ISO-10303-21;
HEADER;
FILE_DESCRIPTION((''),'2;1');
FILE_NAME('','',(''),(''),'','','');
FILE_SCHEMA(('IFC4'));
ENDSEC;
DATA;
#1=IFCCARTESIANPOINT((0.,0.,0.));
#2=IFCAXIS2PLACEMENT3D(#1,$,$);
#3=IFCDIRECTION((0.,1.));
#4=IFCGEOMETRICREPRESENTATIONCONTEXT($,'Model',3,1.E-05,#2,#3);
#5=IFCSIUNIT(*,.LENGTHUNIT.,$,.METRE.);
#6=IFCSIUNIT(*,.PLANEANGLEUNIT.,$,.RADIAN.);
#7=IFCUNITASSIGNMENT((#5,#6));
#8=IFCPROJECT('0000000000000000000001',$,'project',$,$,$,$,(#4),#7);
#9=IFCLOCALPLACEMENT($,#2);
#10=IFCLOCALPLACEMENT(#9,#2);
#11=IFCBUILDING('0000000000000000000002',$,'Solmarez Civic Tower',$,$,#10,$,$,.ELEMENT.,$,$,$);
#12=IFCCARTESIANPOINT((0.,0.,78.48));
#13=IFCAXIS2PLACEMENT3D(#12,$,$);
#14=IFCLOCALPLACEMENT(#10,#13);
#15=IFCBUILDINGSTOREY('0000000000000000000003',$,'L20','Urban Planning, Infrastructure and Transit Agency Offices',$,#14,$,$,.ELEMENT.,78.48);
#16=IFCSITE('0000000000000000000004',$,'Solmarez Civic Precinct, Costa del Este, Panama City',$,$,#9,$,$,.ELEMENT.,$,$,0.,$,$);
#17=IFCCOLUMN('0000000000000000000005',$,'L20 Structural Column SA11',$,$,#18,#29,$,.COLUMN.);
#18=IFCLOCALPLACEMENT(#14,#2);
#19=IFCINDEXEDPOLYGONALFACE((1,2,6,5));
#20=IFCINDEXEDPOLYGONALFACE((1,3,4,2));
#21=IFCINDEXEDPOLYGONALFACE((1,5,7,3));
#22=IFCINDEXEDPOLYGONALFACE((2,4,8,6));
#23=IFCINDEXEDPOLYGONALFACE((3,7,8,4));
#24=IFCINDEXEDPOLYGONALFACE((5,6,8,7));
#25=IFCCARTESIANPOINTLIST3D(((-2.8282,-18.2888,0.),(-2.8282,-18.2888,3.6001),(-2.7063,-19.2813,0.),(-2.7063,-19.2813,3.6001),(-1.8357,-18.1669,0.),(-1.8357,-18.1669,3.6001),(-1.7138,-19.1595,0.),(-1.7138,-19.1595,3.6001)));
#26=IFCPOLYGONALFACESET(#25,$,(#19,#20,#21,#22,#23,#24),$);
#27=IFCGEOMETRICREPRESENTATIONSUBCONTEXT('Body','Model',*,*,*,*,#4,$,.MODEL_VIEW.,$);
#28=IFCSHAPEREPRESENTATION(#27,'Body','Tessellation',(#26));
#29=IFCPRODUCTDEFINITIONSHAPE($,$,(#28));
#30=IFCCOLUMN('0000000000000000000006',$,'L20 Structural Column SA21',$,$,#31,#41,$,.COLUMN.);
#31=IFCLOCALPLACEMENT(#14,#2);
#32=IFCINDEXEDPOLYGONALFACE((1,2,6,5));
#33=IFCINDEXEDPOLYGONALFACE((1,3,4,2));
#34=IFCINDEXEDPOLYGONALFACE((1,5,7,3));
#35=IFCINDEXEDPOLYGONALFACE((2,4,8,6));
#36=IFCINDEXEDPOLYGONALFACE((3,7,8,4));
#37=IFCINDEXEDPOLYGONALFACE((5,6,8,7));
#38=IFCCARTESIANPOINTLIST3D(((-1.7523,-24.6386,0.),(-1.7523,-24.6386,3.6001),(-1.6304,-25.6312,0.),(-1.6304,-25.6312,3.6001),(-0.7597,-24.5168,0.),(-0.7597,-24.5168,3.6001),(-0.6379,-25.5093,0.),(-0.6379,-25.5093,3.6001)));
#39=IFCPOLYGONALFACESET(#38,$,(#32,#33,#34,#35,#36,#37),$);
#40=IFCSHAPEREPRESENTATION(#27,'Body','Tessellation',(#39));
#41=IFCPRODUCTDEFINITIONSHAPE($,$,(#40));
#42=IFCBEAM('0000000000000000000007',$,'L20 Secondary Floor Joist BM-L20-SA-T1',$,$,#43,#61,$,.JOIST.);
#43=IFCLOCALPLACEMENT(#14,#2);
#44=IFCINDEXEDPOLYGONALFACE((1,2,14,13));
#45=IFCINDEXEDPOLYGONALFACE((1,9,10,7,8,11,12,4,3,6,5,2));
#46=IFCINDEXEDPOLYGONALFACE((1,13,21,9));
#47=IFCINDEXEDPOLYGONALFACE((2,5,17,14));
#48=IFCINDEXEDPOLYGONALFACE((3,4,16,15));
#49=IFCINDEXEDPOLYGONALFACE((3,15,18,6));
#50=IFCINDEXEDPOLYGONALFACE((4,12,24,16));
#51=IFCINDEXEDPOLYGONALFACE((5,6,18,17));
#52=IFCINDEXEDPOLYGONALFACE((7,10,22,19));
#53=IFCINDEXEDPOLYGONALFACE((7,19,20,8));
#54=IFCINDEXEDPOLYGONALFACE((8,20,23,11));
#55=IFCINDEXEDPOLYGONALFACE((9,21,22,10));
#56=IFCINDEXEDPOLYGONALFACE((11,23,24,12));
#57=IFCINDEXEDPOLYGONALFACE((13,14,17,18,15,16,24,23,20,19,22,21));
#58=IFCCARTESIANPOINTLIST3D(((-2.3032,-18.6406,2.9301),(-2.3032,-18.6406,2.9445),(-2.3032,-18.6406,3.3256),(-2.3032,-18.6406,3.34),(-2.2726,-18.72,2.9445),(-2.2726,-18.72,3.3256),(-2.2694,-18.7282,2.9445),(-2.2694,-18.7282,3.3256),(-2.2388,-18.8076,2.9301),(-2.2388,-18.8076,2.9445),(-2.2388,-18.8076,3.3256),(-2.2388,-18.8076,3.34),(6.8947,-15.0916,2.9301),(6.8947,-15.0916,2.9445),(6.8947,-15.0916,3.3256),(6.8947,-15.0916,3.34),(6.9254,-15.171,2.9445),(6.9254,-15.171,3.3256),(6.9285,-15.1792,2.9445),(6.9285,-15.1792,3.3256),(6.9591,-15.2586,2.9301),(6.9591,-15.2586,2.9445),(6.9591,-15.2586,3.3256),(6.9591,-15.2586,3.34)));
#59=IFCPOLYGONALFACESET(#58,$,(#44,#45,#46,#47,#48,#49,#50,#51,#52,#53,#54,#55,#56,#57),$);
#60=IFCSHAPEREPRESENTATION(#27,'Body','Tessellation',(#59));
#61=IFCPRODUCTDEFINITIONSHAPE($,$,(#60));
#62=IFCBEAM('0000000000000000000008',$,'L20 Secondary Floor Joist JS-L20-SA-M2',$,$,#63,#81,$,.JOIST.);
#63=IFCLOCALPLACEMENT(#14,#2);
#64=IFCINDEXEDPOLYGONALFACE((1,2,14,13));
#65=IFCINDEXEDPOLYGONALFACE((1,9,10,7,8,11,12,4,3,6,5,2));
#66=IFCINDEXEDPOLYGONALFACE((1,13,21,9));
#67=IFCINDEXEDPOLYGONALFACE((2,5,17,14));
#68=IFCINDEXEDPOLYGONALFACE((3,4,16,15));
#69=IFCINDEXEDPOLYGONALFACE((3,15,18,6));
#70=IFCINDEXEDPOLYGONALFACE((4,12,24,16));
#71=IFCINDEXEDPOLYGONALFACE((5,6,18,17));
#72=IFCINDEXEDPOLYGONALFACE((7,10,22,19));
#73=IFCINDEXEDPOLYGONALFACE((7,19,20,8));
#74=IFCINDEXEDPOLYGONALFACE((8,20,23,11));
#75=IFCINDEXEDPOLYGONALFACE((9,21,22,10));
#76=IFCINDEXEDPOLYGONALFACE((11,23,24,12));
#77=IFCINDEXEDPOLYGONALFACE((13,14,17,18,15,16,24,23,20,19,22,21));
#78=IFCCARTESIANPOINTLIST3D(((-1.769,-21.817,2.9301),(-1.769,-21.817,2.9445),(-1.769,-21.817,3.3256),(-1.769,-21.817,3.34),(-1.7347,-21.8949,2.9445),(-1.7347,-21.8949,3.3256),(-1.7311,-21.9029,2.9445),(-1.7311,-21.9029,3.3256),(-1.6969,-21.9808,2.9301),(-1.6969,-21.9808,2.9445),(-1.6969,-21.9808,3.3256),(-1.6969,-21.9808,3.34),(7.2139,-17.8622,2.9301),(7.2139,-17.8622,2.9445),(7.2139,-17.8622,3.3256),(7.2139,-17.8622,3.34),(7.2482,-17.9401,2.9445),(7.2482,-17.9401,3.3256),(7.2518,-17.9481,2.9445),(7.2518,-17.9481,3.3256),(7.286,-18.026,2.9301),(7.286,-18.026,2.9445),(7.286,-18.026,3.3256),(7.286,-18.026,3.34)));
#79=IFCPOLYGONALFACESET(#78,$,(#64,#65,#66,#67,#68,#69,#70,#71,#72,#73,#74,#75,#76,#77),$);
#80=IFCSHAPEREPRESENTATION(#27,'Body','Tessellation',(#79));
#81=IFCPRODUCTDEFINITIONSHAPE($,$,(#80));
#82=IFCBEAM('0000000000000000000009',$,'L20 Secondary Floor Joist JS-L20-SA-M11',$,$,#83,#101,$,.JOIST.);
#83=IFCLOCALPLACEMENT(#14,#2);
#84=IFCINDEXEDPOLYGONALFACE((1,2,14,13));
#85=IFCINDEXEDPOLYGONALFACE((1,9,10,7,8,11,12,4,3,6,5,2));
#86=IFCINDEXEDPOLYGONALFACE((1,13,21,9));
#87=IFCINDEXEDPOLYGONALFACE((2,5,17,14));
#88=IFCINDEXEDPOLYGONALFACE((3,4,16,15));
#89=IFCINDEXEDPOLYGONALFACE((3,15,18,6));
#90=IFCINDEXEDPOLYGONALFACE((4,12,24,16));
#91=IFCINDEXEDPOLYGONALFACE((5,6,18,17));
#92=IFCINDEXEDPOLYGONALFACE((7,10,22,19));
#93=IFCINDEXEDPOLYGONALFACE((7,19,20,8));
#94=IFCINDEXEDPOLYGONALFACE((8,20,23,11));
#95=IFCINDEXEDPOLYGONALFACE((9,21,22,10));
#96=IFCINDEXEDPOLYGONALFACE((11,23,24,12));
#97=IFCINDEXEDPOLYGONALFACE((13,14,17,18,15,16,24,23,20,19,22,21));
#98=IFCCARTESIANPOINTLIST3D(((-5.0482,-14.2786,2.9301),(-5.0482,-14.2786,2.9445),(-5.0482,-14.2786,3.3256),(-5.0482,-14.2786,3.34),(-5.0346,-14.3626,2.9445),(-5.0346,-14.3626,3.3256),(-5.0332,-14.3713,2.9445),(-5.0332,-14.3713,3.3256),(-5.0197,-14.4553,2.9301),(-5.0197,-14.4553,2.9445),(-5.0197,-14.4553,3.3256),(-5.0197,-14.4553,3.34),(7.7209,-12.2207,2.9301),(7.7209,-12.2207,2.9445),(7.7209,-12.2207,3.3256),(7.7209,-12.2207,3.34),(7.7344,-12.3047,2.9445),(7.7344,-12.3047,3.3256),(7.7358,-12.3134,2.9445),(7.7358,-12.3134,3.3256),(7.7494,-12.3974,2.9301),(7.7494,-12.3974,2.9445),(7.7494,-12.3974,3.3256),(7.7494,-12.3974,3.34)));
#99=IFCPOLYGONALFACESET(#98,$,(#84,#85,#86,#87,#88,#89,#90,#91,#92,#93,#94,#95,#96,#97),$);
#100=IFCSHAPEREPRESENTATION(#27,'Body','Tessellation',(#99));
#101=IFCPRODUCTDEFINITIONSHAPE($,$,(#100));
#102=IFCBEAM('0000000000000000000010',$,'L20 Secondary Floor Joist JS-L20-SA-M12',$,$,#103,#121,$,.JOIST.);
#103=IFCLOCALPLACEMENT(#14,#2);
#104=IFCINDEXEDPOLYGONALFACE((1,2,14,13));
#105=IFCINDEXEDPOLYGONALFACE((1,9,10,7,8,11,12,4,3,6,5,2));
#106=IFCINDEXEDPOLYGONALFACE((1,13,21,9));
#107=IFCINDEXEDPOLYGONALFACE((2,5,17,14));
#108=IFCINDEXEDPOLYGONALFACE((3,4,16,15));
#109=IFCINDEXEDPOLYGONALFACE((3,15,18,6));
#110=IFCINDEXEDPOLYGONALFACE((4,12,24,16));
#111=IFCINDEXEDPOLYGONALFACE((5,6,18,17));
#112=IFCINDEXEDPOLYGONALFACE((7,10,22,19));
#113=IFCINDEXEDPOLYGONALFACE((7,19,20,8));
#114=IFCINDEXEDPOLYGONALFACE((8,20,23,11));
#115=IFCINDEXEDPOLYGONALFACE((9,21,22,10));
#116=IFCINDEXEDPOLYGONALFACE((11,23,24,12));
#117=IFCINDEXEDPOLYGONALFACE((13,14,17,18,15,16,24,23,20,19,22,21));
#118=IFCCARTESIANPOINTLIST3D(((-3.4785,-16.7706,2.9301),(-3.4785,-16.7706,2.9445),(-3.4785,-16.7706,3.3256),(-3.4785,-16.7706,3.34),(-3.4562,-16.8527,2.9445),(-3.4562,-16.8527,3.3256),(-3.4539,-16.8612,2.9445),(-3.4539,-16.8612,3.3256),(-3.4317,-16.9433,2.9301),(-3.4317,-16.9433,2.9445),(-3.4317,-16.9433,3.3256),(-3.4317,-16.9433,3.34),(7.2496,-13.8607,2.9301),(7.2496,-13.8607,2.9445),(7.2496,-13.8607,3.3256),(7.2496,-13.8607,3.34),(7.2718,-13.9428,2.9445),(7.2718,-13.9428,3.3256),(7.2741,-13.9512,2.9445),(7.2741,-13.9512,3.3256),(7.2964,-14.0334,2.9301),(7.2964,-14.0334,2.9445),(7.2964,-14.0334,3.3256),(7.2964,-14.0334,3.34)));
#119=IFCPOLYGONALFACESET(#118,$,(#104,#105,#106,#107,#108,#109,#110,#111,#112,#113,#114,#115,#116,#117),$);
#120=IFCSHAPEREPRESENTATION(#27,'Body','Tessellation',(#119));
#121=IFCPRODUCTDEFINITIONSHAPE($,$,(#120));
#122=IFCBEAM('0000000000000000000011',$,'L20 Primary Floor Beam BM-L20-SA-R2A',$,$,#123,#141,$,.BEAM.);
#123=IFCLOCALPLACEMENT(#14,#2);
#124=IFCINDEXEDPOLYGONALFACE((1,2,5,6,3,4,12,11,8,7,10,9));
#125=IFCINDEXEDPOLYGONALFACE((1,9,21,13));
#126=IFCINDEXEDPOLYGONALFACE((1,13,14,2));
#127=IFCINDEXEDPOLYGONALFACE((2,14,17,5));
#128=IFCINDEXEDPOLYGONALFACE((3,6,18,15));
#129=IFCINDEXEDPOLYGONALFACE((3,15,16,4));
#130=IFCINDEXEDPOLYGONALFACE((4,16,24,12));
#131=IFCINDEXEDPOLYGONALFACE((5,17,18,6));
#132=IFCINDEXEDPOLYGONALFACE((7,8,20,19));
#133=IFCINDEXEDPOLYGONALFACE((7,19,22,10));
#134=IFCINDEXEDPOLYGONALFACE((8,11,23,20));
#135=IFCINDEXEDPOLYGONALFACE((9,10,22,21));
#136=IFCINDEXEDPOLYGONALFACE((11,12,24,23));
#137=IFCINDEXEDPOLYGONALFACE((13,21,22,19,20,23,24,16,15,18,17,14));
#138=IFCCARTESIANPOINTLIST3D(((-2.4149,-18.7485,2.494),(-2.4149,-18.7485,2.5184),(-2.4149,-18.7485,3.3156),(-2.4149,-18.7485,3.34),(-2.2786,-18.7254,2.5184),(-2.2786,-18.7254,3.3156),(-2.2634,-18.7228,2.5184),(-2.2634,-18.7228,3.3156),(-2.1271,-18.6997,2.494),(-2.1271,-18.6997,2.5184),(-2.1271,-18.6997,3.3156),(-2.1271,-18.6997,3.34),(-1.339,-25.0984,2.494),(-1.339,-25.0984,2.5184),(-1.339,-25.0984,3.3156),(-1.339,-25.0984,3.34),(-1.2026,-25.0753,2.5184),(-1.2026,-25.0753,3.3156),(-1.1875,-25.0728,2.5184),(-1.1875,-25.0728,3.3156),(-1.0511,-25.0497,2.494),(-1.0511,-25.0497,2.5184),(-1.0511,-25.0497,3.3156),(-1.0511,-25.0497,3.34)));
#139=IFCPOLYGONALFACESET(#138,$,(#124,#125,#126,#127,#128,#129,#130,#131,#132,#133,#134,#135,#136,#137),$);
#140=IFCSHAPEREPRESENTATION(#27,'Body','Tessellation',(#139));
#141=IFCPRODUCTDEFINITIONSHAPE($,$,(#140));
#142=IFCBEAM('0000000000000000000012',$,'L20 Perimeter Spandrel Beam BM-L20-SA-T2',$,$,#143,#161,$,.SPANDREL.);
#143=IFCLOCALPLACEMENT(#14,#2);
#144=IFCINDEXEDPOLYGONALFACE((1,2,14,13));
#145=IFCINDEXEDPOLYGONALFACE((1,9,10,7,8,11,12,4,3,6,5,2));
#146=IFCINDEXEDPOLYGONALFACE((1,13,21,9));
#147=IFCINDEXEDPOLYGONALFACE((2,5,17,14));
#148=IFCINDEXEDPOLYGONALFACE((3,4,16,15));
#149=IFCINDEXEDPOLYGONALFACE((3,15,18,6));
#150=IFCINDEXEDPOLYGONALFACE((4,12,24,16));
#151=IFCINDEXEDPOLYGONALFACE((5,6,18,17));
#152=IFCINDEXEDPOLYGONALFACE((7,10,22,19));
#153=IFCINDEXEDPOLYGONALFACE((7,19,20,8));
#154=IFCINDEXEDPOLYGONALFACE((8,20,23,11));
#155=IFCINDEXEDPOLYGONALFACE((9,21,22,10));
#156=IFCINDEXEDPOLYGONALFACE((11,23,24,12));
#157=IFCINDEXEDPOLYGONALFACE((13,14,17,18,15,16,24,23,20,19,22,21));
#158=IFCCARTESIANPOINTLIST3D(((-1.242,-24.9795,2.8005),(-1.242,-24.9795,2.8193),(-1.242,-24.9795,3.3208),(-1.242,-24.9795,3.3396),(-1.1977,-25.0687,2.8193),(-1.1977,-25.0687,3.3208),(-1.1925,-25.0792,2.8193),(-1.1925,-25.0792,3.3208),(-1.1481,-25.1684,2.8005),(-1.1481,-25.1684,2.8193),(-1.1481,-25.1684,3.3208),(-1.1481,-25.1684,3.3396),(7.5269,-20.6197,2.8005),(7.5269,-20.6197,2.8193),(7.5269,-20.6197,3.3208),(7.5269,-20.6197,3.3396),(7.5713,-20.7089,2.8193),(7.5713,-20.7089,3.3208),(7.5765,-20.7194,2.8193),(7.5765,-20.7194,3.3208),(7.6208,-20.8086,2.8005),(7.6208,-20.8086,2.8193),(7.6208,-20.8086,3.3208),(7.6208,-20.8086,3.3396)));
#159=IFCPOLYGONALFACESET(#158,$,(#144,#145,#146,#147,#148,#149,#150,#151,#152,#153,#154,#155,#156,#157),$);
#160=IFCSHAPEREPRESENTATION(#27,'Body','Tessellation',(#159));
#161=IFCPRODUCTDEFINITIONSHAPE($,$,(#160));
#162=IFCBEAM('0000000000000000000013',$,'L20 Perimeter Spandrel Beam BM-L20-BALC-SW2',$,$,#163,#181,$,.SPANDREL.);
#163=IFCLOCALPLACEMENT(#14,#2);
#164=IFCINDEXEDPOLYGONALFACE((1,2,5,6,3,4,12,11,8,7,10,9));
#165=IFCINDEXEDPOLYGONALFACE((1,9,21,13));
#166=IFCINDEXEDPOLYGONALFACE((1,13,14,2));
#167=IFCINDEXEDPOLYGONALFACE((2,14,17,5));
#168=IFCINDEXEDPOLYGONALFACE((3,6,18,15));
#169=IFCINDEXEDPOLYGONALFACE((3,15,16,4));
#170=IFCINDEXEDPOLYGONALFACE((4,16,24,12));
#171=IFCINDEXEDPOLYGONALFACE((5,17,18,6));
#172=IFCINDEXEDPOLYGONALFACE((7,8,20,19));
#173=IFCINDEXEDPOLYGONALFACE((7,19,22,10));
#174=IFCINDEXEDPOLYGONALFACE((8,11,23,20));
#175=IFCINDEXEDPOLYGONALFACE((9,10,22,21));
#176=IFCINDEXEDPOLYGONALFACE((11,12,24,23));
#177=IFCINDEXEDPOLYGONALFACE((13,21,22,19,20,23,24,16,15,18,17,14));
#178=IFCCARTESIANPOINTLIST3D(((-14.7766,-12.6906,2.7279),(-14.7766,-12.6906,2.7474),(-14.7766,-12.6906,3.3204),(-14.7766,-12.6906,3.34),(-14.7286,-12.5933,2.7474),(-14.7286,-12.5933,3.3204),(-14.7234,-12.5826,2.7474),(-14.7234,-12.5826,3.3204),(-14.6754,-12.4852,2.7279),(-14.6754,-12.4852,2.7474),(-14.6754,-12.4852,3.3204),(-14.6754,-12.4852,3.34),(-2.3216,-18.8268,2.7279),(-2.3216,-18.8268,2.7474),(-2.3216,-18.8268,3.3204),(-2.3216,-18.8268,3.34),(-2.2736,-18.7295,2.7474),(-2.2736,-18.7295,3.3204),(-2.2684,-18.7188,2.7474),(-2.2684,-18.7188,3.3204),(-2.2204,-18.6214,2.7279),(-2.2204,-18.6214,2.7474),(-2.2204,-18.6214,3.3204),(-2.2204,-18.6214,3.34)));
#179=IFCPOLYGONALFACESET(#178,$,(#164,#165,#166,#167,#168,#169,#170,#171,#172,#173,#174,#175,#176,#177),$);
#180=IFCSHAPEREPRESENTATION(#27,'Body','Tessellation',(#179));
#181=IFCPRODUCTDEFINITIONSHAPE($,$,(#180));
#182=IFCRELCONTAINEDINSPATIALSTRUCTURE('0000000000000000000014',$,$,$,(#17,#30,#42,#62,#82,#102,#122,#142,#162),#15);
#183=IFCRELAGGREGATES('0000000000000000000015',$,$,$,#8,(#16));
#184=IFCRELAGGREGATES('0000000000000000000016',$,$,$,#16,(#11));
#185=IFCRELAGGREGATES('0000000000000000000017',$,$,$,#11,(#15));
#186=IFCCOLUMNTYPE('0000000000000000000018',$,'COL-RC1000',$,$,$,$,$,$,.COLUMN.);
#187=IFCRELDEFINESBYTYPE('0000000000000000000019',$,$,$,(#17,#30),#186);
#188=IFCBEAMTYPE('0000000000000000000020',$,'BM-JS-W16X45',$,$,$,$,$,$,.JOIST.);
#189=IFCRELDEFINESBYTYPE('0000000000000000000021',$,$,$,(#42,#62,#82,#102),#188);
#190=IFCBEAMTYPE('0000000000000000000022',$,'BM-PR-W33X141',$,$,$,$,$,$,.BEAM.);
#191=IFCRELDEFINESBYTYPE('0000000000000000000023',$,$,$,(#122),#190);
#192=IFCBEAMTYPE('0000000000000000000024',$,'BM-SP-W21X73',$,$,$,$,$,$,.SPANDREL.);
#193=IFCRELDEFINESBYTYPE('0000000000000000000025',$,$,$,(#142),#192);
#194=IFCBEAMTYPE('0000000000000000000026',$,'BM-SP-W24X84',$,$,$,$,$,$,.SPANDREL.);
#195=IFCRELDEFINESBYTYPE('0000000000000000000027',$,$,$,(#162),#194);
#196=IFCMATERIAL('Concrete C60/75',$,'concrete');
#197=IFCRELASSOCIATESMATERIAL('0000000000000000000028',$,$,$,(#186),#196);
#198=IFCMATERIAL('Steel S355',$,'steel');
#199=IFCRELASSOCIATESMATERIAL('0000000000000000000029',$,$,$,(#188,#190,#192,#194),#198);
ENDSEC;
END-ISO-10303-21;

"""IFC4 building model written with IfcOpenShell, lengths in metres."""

from ifc_helpers import new_model, si_unit, direction, frame, origin, origin_2d, place, context, subcontext, project, spatial, rectangle, i_section, extrude, material, material_profile, profile_set, type_object, element, save


model = new_model("IFC4")

# Units and contexts
model_context = context("Model", 3, precision=1e-05, world=origin(), true_north=direction((0.0, 1.0)))
body_context = subcontext(model_context, "Body", "Model", "MODEL_VIEW")
ifc_project = project(units=[si_unit("LENGTHUNIT", "METRE"), si_unit("PLANEANGLEUNIT", "RADIAN")], contexts=[model_context])

# Site, building, storey
site_placement = place(None, origin())
site = spatial("IfcSite", under=ifc_project, at=site_placement, Name="Solmarez Civic Precinct, Costa del Este, Panama City", CompositionType="ELEMENT", RefElevation=0.0)
building_placement = place(site_placement, origin())
building = spatial("IfcBuilding", under=site, at=building_placement, Name="Solmarez Civic Tower", CompositionType="ELEMENT")
storey_placement = place(building_placement, frame((0.0, 0.0, 78.48)))
storey = spatial("IfcBuildingStorey", under=building, at=storey_placement, Name="L20", Description="Urban Planning, Infrastructure and Transit Agency Offices", CompositionType="ELEMENT", Elevation=78.48)

# Columns
ifc_material_1 = material(Name="Concrete C60/75", Category="concrete")
ifc_material_profile_1 = material_profile(ifc_material_1, rectangle(XDim=1.0, YDim=1.0, at=origin_2d()), Name="RC1000X1000")
ifc_profile_set_1 = profile_set([ifc_material_profile_1], Name="Concrete C60/75")
column_type = type_object("IfcColumnType", Name="COL-RC1000", PredefinedType="COLUMN", material=ifc_profile_set_1)
for number, where, z_axis, x_axis, name in (
    (1, (-2.271, -18.7241, 0.0), (0.0, 0.0, 1.0), (0.992546, 0.121869, 0.0), "L20 Structural Column SA11"),
    (2, (-1.1951, -25.074, 0.0), (0.0, 0.0, 1.0), (0.992546, 0.121869, 0.0), "L20 Structural Column SA21"),
):
    element("IfcColumn", number, at=place(storey_placement, frame(where, z_axis=z_axis, x_axis=x_axis)), inside=storey, type_object=column_type, Name=name, PredefinedType="COLUMN", context=body_context, shape_type="SweptSolid", body=[
        extrude(rectangle(XDim=1.0, YDim=1.0, at=origin_2d()), origin(), (0.0, 0.0, 1.0), 3.6001),
    ])

# Beams
ifc_material_2 = material(Name="Steel S355", Category="steel")
ifc_material_profile_2 = material_profile(ifc_material_2, i_section(OverallWidth=0.179, OverallDepth=0.4099, WebThickness=0.0088, FlangeThickness=0.0144, at=origin_2d()), Name="W16X45")
ifc_profile_set_2 = profile_set([ifc_material_profile_2], Name="Steel S355")
beam_type_1 = type_object("IfcBeamType", Name="BM-JS-W16X45", PredefinedType="JOIST", material=ifc_profile_set_2)
beam_1_placement = place(storey_placement, frame((-2.271, -18.7241, 3.135), z_axis=(0.932958, 0.359984, 0.0), x_axis=(-0.359984, 0.932958, 0.0)))
element("IfcBeam", 3, at=beam_1_placement, inside=storey, type_object=beam_type_1, Name="L20 Secondary Floor Joist BM-L20-SA-T1", PredefinedType="JOIST", context=body_context, shape_type="SweptSolid", body=[
    extrude(i_section(OverallWidth=0.179, OverallDepth=0.4099, WebThickness=0.0088, FlangeThickness=0.0144, at=origin_2d()), origin(), (0.0, 0.0, 1.0), 9.8589),
])
beam_2_placement = place(storey_placement, frame((-1.7329, -21.8989, 3.135), z_axis=(0.915227, 0.402939, 0.0), x_axis=(-0.402939, 0.915227, 0.0)))
element("IfcBeam", 4, at=beam_2_placement, inside=storey, type_object=beam_type_1, Name="L20 Secondary Floor Joist JS-L20-SA-M2", PredefinedType="JOIST", context=body_context, shape_type="SweptSolid", body=[
    extrude(i_section(OverallWidth=0.179, OverallDepth=0.4099, WebThickness=0.0088, FlangeThickness=0.0144, at=origin_2d()), origin(), (0.0, 0.0, 1.0), 9.8149),
])
beam_3_placement = place(storey_placement, frame((-5.0339, -14.3669, 3.135), z_axis=(0.987261, 0.159107, 0.0), x_axis=(-0.159107, 0.987261, 0.0)))
element("IfcBeam", 5, at=beam_3_placement, inside=storey, type_object=beam_type_1, Name="L20 Secondary Floor Joist JS-L20-SA-M11", PredefinedType="JOIST", context=body_context, shape_type="SweptSolid", body=[
    extrude(i_section(OverallWidth=0.179, OverallDepth=0.4099, WebThickness=0.0088, FlangeThickness=0.0144, at=origin_2d()), origin(), (0.0, 0.0, 1.0), 12.9338),
])
beam_4_placement = place(storey_placement, frame((-3.4551, -16.8569, 3.135), z_axis=(0.965126, 0.261785, 0.0), x_axis=(-0.261785, 0.965126, 0.0)))
element("IfcBeam", 6, at=beam_4_placement, inside=storey, type_object=beam_type_1, Name="L20 Secondary Floor Joist JS-L20-SA-M12", PredefinedType="JOIST", context=body_context, shape_type="SweptSolid", body=[
    extrude(i_section(OverallWidth=0.179, OverallDepth=0.4099, WebThickness=0.0088, FlangeThickness=0.0144, at=origin_2d()), origin(), (0.0, 0.0, 1.0), 11.1157),
])
ifc_material_profile_3 = material_profile(ifc_material_2, i_section(OverallWidth=0.292, OverallDepth=0.8459, WebThickness=0.0154, FlangeThickness=0.0244, at=origin_2d()), Name="W33X141")
ifc_profile_set_3 = profile_set([ifc_material_profile_3], Name="Steel S355")
beam_type_2 = type_object("IfcBeamType", Name="BM-PR-W33X141", PredefinedType="BEAM", material=ifc_profile_set_3)
beam_5_placement = place(storey_placement, frame((-2.271, -18.7241, 2.917), z_axis=(0.16706, -0.985947, 0.0), x_axis=(0.985947, 0.16706, 0.0)))
element("IfcBeam", 7, at=beam_5_placement, inside=storey, type_object=beam_type_2, Name="L20 Primary Floor Beam BM-L20-SA-R2A", PredefinedType="BEAM", context=body_context, shape_type="SweptSolid", body=[
    extrude(i_section(OverallWidth=0.292, OverallDepth=0.8459, WebThickness=0.0154, FlangeThickness=0.0244, at=origin_2d()), origin(), (0.0, 0.0, 1.0), 6.4404),
])
ifc_material_profile_4 = material_profile(ifc_material_2, i_section(OverallWidth=0.2109, OverallDepth=0.5391, WebThickness=0.0117, FlangeThickness=0.0188, at=origin_2d()), Name="W21X73")
ifc_profile_set_4 = profile_set([ifc_material_profile_4], Name="Steel S355")
beam_type_3 = type_object("IfcBeamType", Name="BM-SP-W21X73", PredefinedType="SPANDREL", material=ifc_profile_set_4)
beam_6_placement = place(storey_placement, frame((-1.1951, -25.074, 3.0701), z_axis=(0.895432, 0.445198, 0.0), x_axis=(-0.445198, 0.895432, 0.0)))
element("IfcBeam", 8, at=beam_6_placement, inside=storey, type_object=beam_type_3, Name="L20 Perimeter Spandrel Beam BM-L20-SA-T2", PredefinedType="SPANDREL", context=body_context, shape_type="SweptSolid", body=[
    extrude(i_section(OverallWidth=0.2109, OverallDepth=0.5391, WebThickness=0.0117, FlangeThickness=0.0188, at=origin_2d()), origin(), (0.0, 0.0, 1.0), 9.793),
])
ifc_material_profile_5 = material_profile(ifc_material_2, i_section(OverallWidth=0.229, OverallDepth=0.6121, WebThickness=0.012, FlangeThickness=0.0195, at=origin_2d()), Name="W24X84")
ifc_profile_set_5 = profile_set([ifc_material_profile_5], Name="Steel S355")
beam_type_4 = type_object("IfcBeamType", Name="BM-SP-W24X84", PredefinedType="SPANDREL", material=ifc_profile_set_5)
beam_7_placement = place(storey_placement, frame((-2.271, -18.7241, 3.0339), z_axis=(-0.897042, 0.441945, 0.0), x_axis=(-0.441945, -0.897042, 0.0)))
element("IfcBeam", 9, at=beam_7_placement, inside=storey, type_object=beam_type_4, Name="L20 Perimeter Spandrel Beam BM-L20-BALC-SW2", PredefinedType="SPANDREL", context=body_context, shape_type="SweptSolid", body=[
    extrude(i_section(OverallWidth=0.229, OverallDepth=0.6121, WebThickness=0.012, FlangeThickness=0.0195, at=origin_2d()), origin(), (0.0, 0.0, 1.0), 13.8845),
])

save(model, "model.ifc")
